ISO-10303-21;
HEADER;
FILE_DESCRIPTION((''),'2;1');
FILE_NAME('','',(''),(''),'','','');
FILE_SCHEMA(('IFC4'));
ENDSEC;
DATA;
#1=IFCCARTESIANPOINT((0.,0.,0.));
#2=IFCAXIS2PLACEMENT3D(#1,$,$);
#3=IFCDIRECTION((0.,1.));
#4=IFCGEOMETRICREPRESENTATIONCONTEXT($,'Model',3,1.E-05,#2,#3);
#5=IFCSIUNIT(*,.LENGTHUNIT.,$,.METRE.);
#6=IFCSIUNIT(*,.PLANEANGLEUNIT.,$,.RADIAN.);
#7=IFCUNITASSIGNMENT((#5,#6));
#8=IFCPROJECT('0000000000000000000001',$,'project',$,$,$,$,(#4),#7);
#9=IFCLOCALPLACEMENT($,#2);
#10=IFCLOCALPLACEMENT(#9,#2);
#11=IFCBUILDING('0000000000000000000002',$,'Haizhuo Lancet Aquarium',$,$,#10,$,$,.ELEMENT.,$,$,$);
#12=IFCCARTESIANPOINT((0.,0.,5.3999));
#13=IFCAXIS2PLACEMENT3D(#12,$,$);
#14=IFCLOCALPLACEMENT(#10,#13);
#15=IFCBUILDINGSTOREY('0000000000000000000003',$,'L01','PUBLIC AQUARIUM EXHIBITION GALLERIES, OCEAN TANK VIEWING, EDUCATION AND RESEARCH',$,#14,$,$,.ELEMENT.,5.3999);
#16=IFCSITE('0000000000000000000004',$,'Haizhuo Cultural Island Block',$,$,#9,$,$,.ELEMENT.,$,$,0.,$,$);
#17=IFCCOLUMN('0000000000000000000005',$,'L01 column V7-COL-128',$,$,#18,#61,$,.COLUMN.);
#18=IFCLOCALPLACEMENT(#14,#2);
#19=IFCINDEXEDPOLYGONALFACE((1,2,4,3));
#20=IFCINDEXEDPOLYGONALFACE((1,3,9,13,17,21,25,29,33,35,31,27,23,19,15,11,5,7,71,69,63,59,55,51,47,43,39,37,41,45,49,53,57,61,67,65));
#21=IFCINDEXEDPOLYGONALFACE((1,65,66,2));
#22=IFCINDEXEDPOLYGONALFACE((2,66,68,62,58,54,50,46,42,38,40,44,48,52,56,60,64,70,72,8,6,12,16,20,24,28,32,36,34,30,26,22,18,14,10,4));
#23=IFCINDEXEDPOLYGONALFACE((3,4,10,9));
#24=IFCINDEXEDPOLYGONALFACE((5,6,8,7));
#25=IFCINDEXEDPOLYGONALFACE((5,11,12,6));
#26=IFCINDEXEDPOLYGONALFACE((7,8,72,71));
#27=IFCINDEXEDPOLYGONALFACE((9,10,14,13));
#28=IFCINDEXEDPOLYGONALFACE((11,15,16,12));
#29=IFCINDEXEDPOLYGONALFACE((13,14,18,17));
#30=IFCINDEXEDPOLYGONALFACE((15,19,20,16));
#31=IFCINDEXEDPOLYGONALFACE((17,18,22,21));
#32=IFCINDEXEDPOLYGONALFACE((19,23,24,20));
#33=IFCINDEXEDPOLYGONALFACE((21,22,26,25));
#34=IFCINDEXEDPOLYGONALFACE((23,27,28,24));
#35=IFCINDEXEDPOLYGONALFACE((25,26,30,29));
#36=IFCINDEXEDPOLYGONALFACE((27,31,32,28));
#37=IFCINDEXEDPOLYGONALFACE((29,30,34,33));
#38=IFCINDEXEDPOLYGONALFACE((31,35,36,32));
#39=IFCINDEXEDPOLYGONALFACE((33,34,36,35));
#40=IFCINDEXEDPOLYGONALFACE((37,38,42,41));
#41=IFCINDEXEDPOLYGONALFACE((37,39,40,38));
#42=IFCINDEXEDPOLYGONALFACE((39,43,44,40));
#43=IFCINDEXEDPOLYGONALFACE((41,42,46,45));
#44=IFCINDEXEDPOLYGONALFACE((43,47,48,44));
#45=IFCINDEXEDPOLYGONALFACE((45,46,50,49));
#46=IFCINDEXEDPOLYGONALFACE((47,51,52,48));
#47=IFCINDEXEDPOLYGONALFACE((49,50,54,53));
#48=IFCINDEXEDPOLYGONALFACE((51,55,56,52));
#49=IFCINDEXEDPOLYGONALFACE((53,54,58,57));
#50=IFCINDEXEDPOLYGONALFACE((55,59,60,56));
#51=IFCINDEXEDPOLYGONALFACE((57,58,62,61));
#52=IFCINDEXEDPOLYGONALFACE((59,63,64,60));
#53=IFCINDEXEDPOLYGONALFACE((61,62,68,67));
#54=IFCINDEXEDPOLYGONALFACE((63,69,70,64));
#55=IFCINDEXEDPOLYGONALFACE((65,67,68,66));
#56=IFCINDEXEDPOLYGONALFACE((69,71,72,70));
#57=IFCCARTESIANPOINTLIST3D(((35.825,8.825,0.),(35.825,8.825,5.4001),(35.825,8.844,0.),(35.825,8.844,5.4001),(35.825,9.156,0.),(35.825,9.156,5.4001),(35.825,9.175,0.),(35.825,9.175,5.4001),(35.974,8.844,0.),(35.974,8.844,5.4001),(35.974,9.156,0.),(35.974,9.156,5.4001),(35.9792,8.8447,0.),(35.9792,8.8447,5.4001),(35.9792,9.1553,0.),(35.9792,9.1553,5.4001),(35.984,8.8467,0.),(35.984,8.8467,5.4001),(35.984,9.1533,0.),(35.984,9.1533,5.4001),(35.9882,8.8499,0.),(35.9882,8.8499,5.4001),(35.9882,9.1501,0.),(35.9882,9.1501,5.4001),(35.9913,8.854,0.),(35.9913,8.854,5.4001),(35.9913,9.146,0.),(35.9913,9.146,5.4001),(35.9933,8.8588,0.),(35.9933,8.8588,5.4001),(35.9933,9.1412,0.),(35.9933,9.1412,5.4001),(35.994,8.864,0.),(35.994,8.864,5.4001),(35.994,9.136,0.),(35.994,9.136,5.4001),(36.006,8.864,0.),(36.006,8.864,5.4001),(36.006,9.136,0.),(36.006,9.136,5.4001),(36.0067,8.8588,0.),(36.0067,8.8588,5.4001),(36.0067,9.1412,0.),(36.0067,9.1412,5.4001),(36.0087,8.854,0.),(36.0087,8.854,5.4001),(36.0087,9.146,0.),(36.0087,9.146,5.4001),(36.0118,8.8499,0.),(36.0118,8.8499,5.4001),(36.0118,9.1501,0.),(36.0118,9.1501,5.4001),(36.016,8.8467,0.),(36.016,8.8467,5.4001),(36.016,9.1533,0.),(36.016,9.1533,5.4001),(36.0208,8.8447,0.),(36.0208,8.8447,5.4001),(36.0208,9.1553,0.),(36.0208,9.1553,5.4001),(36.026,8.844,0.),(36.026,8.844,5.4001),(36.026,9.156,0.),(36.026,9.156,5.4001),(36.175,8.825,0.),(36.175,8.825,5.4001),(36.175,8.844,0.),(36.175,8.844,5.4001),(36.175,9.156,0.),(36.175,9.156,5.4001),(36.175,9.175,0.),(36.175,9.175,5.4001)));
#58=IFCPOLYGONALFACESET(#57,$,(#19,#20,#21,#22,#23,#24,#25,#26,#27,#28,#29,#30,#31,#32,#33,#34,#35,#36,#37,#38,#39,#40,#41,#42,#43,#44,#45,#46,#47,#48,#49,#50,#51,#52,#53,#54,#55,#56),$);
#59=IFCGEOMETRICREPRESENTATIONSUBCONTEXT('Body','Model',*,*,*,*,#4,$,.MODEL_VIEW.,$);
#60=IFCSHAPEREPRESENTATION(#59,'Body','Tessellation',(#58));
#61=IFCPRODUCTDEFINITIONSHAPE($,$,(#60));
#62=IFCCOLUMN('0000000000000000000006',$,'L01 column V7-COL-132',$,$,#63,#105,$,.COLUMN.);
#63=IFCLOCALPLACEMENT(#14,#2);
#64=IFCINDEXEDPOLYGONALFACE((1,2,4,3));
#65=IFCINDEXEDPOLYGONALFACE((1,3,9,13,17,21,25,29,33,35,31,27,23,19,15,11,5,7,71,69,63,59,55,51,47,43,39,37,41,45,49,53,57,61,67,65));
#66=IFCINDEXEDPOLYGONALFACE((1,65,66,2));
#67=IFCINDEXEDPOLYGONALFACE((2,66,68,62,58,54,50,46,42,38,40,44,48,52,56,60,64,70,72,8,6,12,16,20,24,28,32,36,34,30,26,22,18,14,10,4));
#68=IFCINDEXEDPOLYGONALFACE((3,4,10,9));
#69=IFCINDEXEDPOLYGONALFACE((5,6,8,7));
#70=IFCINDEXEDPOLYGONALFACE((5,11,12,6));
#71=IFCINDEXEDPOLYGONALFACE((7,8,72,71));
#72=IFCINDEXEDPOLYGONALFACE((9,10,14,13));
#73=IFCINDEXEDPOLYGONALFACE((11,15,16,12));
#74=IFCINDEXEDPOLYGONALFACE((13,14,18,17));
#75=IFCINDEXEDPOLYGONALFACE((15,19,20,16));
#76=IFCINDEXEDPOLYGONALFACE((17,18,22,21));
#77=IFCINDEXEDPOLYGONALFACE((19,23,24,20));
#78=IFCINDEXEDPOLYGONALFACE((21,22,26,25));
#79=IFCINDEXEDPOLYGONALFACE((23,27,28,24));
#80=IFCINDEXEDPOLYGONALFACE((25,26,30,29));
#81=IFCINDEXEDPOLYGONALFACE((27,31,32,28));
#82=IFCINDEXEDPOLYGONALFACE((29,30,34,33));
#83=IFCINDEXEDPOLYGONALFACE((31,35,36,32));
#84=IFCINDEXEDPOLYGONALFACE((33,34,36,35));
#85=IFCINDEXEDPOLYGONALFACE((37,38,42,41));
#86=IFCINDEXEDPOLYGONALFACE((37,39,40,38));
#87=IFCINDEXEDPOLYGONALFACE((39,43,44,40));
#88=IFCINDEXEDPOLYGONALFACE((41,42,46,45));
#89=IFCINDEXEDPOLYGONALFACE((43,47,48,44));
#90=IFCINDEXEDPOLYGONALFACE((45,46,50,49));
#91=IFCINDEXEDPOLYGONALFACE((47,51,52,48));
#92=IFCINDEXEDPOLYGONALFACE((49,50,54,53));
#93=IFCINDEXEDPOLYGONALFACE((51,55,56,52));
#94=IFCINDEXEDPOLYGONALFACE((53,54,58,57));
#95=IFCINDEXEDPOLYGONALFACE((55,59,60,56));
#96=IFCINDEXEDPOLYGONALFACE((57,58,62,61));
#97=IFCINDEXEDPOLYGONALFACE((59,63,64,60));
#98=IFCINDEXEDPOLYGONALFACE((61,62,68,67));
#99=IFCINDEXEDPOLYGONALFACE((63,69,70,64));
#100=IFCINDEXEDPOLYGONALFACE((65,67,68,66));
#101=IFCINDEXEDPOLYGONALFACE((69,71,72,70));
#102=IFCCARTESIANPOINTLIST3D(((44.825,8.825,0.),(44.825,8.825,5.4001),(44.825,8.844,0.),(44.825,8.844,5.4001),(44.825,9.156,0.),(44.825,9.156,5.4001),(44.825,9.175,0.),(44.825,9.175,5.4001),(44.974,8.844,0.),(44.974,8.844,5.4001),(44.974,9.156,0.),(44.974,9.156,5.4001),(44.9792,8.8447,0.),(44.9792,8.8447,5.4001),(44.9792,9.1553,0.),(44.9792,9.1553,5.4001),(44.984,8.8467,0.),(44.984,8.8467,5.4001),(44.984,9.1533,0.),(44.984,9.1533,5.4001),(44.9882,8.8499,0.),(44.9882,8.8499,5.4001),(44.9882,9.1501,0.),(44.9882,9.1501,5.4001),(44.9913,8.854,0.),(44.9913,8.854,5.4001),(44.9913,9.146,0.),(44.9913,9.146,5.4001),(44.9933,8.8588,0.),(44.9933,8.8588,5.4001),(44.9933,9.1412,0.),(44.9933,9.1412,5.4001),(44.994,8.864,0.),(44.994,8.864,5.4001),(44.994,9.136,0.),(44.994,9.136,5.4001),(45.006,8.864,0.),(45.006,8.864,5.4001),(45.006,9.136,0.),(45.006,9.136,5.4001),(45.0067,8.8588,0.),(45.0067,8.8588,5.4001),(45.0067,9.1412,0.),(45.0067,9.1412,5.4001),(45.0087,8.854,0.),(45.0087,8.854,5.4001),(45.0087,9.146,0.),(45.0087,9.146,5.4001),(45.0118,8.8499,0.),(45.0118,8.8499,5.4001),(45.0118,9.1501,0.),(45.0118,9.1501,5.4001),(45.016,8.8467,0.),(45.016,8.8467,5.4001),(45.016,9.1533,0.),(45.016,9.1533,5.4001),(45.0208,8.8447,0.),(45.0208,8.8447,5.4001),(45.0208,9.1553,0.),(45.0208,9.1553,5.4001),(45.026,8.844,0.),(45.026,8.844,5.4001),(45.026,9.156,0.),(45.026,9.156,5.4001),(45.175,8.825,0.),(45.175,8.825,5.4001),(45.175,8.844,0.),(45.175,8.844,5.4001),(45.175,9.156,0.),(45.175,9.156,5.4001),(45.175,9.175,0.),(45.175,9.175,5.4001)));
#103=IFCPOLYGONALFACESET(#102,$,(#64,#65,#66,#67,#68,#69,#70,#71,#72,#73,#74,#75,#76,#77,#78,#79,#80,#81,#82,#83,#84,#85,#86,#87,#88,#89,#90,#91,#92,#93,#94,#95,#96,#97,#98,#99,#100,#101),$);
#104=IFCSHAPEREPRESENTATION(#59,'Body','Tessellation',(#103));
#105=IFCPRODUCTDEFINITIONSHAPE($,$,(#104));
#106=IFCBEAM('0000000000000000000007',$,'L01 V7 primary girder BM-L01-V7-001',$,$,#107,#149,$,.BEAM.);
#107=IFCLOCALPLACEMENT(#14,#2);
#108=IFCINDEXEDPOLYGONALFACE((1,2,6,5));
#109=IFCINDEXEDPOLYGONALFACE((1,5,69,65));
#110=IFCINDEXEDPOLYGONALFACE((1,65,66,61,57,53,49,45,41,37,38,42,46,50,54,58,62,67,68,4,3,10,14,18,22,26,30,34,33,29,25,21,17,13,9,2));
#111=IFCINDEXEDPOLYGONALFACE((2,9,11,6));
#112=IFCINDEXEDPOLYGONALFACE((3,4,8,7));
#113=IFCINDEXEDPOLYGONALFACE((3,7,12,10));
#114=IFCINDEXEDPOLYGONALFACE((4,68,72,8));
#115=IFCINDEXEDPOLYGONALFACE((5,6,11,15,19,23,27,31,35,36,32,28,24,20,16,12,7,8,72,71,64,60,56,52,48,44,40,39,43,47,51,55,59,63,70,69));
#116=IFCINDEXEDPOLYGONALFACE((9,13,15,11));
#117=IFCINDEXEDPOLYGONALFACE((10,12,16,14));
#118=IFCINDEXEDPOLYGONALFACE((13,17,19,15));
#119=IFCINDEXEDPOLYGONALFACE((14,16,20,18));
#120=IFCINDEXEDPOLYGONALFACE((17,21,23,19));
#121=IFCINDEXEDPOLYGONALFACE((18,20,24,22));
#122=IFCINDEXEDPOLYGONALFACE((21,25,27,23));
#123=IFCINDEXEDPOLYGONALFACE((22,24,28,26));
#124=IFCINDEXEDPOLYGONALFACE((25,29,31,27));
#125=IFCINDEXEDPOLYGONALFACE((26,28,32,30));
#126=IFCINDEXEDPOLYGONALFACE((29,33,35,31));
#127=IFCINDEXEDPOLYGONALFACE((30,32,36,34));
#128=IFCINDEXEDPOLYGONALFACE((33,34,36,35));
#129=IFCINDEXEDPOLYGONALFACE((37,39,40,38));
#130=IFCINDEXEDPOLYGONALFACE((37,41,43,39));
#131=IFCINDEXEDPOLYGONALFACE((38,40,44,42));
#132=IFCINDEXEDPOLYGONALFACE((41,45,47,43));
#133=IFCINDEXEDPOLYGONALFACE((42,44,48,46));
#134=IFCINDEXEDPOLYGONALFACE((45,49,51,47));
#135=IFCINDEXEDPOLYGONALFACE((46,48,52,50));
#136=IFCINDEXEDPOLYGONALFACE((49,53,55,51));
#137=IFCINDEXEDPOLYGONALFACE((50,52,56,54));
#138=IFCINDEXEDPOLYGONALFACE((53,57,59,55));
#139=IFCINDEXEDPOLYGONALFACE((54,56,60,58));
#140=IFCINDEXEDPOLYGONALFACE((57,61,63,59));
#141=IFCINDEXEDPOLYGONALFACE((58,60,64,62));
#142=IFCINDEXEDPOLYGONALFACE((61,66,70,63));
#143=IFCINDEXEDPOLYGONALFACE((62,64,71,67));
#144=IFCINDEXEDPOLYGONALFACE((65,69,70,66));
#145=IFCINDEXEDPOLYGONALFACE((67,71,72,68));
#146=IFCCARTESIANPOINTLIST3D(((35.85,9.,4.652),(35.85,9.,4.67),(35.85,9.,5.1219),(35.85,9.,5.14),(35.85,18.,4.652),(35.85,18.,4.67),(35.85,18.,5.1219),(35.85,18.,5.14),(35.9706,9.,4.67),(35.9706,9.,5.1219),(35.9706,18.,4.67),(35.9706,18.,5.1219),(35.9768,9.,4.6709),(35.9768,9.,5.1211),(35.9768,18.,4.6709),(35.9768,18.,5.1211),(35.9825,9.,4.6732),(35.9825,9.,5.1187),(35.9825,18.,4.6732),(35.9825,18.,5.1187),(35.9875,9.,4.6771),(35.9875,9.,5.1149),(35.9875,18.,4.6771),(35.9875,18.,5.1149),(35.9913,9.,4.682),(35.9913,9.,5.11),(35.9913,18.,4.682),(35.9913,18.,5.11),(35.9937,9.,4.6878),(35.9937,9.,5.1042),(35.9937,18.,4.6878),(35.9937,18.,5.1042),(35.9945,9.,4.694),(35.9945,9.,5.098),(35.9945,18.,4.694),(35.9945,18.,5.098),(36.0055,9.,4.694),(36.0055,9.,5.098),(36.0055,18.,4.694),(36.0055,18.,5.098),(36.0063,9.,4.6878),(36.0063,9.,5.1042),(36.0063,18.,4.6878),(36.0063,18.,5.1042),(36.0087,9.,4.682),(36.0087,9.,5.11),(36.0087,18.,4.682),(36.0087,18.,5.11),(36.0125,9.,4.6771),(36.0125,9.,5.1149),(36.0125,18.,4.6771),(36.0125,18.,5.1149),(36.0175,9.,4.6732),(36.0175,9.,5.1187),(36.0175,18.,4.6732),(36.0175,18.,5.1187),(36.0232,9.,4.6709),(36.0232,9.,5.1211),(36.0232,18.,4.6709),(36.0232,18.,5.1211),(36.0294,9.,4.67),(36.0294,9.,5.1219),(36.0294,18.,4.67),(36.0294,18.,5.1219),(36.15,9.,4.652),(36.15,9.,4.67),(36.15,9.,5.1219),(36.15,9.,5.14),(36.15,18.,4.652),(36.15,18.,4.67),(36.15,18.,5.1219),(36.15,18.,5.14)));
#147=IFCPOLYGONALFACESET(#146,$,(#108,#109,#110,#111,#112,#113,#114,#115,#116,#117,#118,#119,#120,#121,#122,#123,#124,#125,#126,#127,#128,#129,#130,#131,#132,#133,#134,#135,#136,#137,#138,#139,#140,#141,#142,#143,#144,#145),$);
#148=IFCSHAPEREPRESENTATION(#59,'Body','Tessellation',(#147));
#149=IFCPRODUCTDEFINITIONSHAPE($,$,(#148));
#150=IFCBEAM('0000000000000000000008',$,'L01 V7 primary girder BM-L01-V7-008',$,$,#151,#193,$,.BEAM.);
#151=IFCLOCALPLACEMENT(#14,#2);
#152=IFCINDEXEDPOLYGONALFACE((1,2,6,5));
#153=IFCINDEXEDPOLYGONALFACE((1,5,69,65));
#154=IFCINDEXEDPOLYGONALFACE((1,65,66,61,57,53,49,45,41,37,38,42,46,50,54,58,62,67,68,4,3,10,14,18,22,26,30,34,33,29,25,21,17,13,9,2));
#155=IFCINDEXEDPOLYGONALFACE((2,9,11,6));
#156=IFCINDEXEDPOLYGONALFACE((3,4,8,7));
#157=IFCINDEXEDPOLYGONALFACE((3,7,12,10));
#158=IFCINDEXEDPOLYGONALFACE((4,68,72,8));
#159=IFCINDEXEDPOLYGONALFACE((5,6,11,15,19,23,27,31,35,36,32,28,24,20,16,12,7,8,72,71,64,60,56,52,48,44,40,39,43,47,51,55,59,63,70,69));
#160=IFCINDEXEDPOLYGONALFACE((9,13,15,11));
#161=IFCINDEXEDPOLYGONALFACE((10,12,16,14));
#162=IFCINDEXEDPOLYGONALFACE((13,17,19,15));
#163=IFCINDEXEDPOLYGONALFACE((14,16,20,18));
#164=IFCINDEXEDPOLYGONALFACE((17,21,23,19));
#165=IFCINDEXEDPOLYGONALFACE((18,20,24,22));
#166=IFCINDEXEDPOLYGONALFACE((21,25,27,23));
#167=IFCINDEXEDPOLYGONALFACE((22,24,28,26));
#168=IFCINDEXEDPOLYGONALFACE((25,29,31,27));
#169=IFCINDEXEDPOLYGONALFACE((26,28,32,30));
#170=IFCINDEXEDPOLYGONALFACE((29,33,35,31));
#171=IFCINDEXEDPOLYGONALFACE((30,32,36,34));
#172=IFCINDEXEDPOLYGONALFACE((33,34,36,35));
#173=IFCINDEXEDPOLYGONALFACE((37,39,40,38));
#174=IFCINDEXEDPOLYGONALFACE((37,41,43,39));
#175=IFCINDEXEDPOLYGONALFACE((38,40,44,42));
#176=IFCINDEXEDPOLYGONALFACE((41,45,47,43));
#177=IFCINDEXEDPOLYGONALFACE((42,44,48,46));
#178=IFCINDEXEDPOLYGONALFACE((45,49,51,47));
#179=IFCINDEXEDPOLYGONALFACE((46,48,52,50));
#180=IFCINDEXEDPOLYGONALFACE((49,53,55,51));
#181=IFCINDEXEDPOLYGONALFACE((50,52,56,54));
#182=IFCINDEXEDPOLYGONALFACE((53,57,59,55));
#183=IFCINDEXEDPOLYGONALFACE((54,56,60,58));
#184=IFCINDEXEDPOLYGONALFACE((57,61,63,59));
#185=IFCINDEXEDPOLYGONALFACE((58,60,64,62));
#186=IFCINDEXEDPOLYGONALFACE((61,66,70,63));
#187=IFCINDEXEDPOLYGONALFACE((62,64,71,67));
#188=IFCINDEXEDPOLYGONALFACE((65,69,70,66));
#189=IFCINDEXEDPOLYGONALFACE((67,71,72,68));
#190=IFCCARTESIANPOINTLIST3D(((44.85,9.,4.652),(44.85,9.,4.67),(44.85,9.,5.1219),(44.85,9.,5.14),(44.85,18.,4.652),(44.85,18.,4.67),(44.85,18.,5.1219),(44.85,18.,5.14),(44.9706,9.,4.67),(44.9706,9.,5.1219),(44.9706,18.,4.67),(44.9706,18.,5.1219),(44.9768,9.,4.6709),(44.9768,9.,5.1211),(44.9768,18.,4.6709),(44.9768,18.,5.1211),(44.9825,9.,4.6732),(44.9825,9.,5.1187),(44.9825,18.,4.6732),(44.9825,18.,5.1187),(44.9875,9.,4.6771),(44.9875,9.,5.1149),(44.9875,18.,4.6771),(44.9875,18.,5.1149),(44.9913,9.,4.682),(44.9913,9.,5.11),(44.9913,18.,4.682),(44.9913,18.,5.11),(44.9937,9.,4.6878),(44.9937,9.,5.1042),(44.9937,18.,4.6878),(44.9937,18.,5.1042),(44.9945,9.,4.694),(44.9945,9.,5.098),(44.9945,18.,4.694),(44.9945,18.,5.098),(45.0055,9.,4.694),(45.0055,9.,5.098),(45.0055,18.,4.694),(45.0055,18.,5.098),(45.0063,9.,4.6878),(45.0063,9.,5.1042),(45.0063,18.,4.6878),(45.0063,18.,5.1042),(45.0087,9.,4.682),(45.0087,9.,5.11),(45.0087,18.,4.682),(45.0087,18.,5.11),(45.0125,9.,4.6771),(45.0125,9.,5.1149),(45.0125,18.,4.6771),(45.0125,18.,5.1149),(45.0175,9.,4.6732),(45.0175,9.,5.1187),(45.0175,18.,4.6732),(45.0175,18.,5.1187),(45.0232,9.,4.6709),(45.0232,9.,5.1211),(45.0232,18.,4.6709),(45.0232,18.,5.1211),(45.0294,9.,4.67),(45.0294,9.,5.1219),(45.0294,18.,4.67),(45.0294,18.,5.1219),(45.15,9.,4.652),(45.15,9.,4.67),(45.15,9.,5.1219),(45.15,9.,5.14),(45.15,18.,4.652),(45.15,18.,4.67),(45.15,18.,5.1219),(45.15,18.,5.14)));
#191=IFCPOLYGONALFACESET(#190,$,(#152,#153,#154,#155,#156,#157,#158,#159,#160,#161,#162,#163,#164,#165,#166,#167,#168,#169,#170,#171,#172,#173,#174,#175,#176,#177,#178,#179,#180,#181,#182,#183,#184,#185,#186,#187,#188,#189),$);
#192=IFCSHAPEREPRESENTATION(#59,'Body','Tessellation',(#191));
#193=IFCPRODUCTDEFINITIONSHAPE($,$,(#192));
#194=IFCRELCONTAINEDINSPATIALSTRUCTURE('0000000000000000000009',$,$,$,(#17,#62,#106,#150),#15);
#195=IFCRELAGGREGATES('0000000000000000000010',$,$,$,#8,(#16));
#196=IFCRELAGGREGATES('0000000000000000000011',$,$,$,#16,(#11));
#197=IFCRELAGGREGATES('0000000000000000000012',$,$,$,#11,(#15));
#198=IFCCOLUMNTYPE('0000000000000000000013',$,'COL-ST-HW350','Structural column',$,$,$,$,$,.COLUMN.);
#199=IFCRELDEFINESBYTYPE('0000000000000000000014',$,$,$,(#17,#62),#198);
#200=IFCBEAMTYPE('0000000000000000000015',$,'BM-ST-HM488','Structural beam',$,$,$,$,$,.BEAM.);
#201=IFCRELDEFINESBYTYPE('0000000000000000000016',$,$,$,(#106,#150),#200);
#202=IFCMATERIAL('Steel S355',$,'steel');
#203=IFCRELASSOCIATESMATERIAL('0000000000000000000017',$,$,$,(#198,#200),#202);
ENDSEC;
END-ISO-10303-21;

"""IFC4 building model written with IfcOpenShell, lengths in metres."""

from ifc_helpers import new_model, si_unit, direction, frame, origin, origin_2d, place, context, subcontext, project, spatial, i_section, extrude, material, material_profile, profile_set, type_object, element, save


model = new_model("IFC4")

# Units and contexts
model_context = context("Model", 3, precision=1e-05, world=origin(), true_north=direction((0.0, 1.0)))
body_context = subcontext(model_context, "Body", "Model", "MODEL_VIEW")
ifc_project = project(units=[si_unit("LENGTHUNIT", "METRE"), si_unit("PLANEANGLEUNIT", "RADIAN")], contexts=[model_context])

# Site, building, storey
site_placement = place(None, origin())
site = spatial("IfcSite", under=ifc_project, at=site_placement, Name="Haizhuo Cultural Island Block", CompositionType="ELEMENT", RefElevation=0.0)
building_placement = place(site_placement, origin())
building = spatial("IfcBuilding", under=site, at=building_placement, Name="Haizhuo Lancet Aquarium", CompositionType="ELEMENT")
storey_placement = place(building_placement, frame((0.0, 0.0, 5.3999)))
storey = spatial("IfcBuildingStorey", under=building, at=storey_placement, Name="L01", Description="PUBLIC AQUARIUM EXHIBITION GALLERIES, OCEAN TANK VIEWING, EDUCATION AND RESEARCH", CompositionType="ELEMENT", Elevation=5.3999)

# Columns
ifc_material_1 = material(Name="Steel S355", Category="steel")
ifc_material_profile_1 = material_profile(ifc_material_1, i_section(OverallWidth=0.3501, OverallDepth=0.3501, WebThickness=0.012, FlangeThickness=0.019, FilletRadius=0.02, at=origin_2d()), Name="HW 350x350x12x19")
ifc_profile_set_1 = profile_set([ifc_material_profile_1], Name="Steel S355")
column_type = type_object("IfcColumnType", Name="COL-ST-HW350", Description="Structural column", PredefinedType="COLUMN", material=ifc_profile_set_1)
for number, where, z_axis, x_axis, name in (
    (1, (36.0, 9.0, 0.0), (0.0, 0.0, 1.0), (1.0, 0.0, 0.0), "L01 column V7-COL-128"),
    (2, (45.0, 9.0, 0.0), (0.0, 0.0, 1.0), (1.0, 0.0, 0.0), "L01 column V7-COL-132"),
):
    element("IfcColumn", number, at=place(storey_placement, frame(where, z_axis=z_axis, x_axis=x_axis)), inside=storey, type_object=column_type, Name=name, PredefinedType="COLUMN", context=body_context, shape_type="SweptSolid", body=[
        extrude(i_section(OverallWidth=0.3501, OverallDepth=0.3501, WebThickness=0.012, FlangeThickness=0.019, FilletRadius=0.02, at=origin_2d()), origin(), (0.0, 0.0, 1.0), 5.4001),
    ])

# Beams
ifc_material_profile_2 = material_profile(ifc_material_1, i_section(OverallWidth=0.3, OverallDepth=0.488, WebThickness=0.011, FlangeThickness=0.0181, FilletRadius=0.0239, at=origin_2d()), Name="HM 488x300x11x18")
ifc_profile_set_2 = profile_set([ifc_material_profile_2], Name="Steel S355")
beam_type_1 = type_object("IfcBeamType", Name="BM-ST-HM488", Description="Structural beam", PredefinedType="BEAM", material=ifc_profile_set_2)
for number, where, z_axis, x_axis, name in (
    (3, (36.0, 9.0, 4.896), (0.0, 1.0, 0.0), (-1.0, 0.0, 0.0), "L01 V7 primary girder BM-L01-V7-001"),
    (4, (45.0, 9.0, 4.896), (0.0, 1.0, 0.0), (-1.0, 0.0, 0.0), "L01 V7 primary girder BM-L01-V7-008"),
):
    element("IfcBeam", number, at=place(storey_placement, frame(where, z_axis=z_axis, x_axis=x_axis)), inside=storey, type_object=beam_type_1, Name=name, PredefinedType="BEAM", context=body_context, shape_type="SweptSolid", body=[
        extrude(i_section(OverallWidth=0.3, OverallDepth=0.488, WebThickness=0.011, FlangeThickness=0.0181, FilletRadius=0.0239, at=origin_2d()), origin(), (0.0, 0.0, 1.0), 9.0),
    ])

save(model, "model.ifc")
